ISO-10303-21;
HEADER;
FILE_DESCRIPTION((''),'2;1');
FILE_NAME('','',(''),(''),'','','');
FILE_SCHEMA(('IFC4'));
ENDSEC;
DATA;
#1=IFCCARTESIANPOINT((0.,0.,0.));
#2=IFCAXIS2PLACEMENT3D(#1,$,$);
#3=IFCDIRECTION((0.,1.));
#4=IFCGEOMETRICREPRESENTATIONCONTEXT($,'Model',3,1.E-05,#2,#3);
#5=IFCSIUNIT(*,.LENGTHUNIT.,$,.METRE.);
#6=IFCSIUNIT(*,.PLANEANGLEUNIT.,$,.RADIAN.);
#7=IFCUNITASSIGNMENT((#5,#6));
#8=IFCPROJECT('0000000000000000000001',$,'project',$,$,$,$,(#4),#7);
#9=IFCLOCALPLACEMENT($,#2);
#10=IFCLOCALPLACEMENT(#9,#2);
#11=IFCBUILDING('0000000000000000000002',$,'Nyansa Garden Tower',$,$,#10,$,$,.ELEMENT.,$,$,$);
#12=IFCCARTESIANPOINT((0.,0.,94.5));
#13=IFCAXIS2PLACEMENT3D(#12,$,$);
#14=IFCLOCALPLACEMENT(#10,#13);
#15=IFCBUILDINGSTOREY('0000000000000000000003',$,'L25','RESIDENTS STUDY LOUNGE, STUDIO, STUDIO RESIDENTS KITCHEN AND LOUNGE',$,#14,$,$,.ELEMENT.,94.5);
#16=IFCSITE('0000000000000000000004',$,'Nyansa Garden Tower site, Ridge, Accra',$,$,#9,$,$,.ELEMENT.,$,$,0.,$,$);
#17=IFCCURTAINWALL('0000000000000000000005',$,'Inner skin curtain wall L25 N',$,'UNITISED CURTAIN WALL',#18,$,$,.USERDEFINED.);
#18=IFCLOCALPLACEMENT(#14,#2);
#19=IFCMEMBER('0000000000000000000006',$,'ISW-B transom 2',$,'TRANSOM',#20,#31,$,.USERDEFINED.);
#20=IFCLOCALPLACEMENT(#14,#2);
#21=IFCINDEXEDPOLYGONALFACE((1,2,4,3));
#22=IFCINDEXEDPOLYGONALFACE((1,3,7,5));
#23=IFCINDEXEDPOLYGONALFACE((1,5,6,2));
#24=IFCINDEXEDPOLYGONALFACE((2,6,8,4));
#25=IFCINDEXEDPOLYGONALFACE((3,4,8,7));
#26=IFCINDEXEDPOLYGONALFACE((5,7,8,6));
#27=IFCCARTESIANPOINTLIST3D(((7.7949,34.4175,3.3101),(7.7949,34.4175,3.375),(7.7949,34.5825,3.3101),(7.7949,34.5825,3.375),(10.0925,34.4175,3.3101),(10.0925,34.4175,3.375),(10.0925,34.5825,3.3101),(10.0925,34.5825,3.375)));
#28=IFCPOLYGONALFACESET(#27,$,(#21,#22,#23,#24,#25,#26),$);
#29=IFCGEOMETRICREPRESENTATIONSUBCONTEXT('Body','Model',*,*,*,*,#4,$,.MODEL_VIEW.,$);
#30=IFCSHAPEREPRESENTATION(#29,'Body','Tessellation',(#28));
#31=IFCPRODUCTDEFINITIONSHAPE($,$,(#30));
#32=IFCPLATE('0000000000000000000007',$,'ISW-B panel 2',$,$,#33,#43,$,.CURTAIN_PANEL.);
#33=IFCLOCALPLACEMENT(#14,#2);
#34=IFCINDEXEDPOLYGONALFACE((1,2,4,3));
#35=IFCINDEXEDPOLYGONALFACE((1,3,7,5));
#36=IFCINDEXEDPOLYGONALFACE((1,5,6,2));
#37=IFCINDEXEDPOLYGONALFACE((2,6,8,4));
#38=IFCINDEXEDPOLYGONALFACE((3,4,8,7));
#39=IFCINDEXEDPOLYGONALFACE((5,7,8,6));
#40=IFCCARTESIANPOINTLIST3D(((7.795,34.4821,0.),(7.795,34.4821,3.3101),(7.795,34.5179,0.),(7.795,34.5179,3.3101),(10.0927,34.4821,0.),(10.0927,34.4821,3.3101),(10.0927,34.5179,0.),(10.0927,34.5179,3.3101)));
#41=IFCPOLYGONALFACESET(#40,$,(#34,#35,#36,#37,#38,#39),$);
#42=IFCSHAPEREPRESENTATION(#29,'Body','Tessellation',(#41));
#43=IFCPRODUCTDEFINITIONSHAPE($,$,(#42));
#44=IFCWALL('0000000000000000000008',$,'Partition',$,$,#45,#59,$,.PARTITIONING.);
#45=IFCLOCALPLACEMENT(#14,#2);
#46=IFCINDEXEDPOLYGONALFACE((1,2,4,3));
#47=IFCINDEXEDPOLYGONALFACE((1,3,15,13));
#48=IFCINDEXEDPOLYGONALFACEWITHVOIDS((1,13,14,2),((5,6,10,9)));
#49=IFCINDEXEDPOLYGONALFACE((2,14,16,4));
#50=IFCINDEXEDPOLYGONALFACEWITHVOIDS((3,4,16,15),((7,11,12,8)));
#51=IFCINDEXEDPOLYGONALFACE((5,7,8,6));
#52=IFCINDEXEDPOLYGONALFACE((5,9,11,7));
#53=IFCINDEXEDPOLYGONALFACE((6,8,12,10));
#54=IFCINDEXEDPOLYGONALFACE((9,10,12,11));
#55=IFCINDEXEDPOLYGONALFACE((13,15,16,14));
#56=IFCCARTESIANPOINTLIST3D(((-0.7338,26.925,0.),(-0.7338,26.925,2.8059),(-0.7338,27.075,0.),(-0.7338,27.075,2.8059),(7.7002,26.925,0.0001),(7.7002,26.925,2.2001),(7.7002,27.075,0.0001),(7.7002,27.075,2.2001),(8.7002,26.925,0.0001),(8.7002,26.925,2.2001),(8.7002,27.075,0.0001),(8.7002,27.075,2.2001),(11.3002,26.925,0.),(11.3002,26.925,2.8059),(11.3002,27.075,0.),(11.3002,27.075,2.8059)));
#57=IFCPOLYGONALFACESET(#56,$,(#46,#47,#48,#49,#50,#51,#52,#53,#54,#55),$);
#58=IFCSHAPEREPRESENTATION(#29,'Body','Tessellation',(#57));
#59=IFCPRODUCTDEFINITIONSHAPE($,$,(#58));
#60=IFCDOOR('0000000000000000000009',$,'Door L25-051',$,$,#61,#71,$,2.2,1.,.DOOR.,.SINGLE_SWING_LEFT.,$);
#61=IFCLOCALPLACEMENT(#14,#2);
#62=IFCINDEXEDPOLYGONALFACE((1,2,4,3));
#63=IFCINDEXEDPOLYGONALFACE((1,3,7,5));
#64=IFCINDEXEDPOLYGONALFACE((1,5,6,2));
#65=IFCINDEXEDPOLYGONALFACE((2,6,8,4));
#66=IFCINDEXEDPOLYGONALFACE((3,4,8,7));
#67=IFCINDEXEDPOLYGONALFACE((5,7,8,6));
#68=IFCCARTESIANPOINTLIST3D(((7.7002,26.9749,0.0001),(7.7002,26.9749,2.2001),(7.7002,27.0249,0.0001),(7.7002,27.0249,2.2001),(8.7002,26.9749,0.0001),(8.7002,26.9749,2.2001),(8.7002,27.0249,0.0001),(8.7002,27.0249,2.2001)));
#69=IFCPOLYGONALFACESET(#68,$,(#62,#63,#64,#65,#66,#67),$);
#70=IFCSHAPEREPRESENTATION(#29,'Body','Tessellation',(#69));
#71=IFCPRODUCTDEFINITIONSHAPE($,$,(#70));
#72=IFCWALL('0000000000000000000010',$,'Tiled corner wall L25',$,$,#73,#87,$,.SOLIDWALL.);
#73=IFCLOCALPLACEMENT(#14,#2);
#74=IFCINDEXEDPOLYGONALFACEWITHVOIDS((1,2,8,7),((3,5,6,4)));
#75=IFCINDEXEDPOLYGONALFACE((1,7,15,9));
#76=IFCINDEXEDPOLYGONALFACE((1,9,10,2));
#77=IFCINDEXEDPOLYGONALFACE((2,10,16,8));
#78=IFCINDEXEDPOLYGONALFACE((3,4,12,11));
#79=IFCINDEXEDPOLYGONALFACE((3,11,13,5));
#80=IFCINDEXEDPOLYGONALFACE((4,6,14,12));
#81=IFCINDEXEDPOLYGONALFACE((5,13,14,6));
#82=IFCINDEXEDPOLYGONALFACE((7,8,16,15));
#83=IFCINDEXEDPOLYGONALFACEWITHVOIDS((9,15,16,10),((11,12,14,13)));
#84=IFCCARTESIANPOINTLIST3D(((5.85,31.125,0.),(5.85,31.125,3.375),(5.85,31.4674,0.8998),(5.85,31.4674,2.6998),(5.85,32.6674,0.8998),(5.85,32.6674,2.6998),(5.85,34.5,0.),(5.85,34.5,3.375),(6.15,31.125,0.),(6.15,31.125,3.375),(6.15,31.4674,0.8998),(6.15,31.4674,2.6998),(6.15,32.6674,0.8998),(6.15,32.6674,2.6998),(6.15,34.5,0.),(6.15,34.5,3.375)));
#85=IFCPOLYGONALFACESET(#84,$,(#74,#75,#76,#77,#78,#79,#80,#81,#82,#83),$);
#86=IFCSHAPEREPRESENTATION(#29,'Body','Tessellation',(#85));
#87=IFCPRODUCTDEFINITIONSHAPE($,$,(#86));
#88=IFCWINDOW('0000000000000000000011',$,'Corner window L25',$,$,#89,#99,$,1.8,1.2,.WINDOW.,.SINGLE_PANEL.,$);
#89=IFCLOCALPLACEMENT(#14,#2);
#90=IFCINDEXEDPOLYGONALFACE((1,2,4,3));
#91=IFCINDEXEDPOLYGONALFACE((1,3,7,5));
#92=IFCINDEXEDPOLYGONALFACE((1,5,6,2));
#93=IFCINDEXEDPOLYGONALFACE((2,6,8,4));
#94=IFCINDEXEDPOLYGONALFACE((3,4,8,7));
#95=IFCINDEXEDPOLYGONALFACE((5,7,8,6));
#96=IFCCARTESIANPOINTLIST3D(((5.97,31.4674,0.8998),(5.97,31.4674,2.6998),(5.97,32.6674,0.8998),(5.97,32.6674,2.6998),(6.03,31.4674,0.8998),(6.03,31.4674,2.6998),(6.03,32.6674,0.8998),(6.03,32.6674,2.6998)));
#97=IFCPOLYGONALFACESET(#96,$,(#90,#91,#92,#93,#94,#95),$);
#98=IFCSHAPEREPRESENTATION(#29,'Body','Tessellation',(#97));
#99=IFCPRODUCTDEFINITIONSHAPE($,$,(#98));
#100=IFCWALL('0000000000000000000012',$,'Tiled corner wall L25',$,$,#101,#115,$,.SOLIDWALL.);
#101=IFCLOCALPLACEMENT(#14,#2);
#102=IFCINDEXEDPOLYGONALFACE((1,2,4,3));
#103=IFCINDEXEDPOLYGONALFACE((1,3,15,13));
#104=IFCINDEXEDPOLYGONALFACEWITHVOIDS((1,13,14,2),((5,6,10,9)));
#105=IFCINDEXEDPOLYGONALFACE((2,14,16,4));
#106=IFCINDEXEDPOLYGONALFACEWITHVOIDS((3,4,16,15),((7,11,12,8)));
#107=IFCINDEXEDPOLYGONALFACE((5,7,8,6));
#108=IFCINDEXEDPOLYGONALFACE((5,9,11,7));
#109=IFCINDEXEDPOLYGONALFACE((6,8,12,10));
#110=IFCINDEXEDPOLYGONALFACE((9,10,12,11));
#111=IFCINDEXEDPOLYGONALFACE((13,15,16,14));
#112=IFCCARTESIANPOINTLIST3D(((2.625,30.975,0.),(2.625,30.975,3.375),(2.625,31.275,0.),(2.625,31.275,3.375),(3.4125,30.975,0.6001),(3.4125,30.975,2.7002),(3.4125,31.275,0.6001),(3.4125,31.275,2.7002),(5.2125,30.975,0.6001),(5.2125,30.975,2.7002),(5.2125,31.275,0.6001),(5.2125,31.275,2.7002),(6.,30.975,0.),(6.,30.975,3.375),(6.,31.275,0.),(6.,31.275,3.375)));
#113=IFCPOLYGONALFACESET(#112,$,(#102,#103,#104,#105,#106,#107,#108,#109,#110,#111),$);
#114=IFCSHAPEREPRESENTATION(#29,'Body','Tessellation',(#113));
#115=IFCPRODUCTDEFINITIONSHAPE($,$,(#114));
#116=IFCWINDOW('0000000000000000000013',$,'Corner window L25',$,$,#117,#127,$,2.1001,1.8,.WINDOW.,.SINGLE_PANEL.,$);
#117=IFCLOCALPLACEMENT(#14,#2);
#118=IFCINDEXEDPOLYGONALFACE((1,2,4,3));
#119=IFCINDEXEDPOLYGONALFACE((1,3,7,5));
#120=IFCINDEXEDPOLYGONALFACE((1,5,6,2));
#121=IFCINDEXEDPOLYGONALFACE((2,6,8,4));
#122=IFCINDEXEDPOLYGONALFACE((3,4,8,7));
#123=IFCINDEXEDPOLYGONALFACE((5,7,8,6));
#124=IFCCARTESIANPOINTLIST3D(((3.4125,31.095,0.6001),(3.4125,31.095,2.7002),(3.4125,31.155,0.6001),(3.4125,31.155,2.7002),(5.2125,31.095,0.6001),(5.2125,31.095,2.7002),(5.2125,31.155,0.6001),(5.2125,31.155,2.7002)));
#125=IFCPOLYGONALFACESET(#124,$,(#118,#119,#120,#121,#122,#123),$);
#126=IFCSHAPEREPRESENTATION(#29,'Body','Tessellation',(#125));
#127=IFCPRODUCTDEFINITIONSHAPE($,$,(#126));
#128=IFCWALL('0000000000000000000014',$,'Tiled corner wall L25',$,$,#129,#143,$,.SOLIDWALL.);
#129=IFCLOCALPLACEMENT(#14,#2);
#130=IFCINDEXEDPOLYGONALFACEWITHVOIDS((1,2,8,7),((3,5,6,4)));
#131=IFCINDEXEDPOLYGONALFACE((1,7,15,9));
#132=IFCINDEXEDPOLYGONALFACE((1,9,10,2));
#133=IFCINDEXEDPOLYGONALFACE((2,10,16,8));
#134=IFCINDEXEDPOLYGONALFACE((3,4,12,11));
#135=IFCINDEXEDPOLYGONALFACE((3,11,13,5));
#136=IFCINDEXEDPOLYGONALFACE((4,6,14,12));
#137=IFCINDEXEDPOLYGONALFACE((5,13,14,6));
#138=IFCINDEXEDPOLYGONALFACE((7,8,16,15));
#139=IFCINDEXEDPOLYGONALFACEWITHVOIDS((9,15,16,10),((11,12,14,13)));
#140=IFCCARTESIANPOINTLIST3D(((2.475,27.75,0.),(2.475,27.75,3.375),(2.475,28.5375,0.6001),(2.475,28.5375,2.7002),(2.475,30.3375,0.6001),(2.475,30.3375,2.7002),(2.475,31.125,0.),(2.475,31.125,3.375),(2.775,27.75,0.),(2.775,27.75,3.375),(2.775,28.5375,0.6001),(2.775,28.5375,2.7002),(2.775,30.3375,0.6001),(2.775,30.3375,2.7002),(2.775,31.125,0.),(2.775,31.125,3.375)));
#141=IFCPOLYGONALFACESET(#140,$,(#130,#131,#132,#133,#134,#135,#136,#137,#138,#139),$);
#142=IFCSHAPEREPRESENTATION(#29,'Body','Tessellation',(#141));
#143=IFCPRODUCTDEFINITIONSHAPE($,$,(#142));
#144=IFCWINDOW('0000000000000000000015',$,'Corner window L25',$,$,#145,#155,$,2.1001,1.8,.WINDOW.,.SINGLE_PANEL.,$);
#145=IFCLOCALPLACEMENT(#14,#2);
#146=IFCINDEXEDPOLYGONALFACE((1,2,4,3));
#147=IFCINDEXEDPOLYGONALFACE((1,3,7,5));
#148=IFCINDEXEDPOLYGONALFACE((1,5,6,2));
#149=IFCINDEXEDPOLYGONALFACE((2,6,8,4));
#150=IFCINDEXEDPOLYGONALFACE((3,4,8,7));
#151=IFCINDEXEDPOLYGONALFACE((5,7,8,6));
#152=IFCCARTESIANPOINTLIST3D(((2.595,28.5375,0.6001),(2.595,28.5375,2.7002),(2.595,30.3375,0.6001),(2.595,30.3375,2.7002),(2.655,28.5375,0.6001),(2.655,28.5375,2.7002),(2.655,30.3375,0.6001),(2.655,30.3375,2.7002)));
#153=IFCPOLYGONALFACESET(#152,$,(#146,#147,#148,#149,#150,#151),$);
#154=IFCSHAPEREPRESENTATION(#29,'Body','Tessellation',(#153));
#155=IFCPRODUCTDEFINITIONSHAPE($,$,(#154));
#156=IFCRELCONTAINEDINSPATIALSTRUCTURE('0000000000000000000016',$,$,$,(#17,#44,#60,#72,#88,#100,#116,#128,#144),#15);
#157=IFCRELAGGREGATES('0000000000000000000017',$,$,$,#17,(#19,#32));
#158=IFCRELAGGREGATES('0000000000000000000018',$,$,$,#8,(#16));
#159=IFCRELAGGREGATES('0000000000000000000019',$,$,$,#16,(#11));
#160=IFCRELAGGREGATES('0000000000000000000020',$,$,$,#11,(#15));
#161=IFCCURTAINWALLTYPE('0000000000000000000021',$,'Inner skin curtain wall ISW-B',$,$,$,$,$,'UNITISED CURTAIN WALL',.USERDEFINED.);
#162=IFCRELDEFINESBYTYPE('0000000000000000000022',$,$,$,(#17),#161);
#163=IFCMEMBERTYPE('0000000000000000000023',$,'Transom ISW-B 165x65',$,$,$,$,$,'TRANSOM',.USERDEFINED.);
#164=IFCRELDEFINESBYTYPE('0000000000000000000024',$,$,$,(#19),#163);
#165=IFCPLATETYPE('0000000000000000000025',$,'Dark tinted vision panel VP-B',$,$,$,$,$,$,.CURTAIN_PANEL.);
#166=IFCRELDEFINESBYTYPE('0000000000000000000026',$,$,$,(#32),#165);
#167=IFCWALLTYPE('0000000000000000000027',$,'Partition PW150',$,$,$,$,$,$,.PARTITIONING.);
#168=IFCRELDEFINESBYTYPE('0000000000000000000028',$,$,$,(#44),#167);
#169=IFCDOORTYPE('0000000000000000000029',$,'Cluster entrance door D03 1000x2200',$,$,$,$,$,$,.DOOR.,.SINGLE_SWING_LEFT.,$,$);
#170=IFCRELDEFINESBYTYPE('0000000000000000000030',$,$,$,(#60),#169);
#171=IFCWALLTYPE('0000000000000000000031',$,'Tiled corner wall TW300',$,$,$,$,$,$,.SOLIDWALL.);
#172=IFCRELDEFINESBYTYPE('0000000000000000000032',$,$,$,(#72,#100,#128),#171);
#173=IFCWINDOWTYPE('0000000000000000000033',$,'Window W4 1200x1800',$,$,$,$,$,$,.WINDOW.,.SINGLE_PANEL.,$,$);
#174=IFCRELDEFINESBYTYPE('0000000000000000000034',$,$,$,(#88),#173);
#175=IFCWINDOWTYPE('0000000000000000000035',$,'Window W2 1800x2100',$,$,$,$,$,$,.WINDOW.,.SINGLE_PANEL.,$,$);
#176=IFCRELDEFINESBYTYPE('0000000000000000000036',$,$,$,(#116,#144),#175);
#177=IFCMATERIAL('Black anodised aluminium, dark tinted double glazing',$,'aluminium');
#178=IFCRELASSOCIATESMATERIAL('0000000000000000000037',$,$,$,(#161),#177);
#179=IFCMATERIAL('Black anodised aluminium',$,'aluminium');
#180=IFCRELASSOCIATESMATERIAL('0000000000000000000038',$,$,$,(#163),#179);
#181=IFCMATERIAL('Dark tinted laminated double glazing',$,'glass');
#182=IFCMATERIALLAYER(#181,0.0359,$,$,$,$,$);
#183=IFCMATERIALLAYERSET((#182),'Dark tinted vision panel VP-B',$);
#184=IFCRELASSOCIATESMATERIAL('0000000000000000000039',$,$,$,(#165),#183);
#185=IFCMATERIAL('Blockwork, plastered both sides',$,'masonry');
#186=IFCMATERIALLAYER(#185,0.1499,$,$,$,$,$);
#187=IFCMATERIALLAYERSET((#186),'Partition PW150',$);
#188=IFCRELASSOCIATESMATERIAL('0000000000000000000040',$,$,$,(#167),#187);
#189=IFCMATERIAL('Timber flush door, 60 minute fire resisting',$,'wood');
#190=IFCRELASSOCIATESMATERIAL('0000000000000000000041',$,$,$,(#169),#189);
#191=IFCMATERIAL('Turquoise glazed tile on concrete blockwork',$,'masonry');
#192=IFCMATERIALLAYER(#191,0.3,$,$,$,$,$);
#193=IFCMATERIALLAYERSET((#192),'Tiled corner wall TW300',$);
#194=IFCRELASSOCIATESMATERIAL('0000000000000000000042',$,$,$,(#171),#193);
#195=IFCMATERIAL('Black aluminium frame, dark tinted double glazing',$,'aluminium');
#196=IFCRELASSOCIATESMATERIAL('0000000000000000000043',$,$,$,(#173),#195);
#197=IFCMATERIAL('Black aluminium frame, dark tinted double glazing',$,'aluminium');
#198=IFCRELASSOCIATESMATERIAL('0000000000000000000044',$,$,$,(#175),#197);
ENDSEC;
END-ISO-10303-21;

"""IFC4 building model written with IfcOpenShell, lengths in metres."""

from ifc_helpers import new_model, si_unit, direction, frame, frame_2d, origin, origin_2d, place, context, subcontext, project, spatial, rectangle, extrude, material, layer, layer_set, material_profile, profile_set, type_object, element, fill, aggregate, save


model = new_model("IFC4")

# Units and contexts
model_context = context("Model", 3, precision=1e-05, world=origin(), true_north=direction((0.0, 1.0)))
body_context = subcontext(model_context, "Body", "Model", "MODEL_VIEW")
ifc_project = project(units=[si_unit("LENGTHUNIT", "METRE"), si_unit("PLANEANGLEUNIT", "RADIAN")], contexts=[model_context])

# Site, building, storey
site_placement = place(None, origin())
site = spatial("IfcSite", under=ifc_project, at=site_placement, Name="Nyansa Garden Tower site, Ridge, Accra", CompositionType="ELEMENT", RefElevation=0.0)
building_placement = place(site_placement, origin())
building = spatial("IfcBuilding", under=site, at=building_placement, Name="Nyansa Garden Tower", CompositionType="ELEMENT")
storey_placement = place(building_placement, frame((0.0, 0.0, 94.5)))
storey = spatial("IfcBuildingStorey", under=building, at=storey_placement, Name="L25", Description="RESIDENTS STUDY LOUNGE, STUDIO, STUDIO RESIDENTS KITCHEN AND LOUNGE", CompositionType="ELEMENT", Elevation=94.5)

# Curtain wall
ifc_material_1 = material(Name="Black anodised aluminium, dark tinted double glazing", Category="aluminium")
curtain_wall_type = type_object("IfcCurtainWallType", Name="Inner skin curtain wall ISW-B", ElementType="UNITISED CURTAIN WALL", PredefinedType="USERDEFINED", material=ifc_material_1)
curtain_wall_placement = place(storey_placement, origin())
curtain_wall = element("IfcCurtainWall", 1, at=curtain_wall_placement, inside=storey, type_object=curtain_wall_type, Name="Inner skin curtain wall L25 N", ObjectType="UNITISED CURTAIN WALL", PredefinedType="USERDEFINED")

# Member
ifc_material_2 = material(Name="Black anodised aluminium", Category="aluminium")
ifc_material_profile_1 = material_profile(ifc_material_2, rectangle(XDim=0.165, YDim=0.0649, at=origin_2d()), Name="Transom 165x65")
ifc_profile_set_1 = profile_set([ifc_material_profile_1], Name="Black anodised aluminium")
member_type_1 = type_object("IfcMemberType", Name="Transom ISW-B 165x65", ElementType="TRANSOM", PredefinedType="USERDEFINED", material=ifc_profile_set_1)
member_1_placement = place(storey_placement, frame((10.0925, 34.5, 3.3425), z_axis=(-1.0, 0.0, 0.0), x_axis=(0.0, -1.0, 0.0)))
member_1 = element("IfcMember", 2, at=member_1_placement, type_object=member_type_1, Name="ISW-B transom 2", ObjectType="TRANSOM", PredefinedType="USERDEFINED", context=body_context, shape_type="SweptSolid", body=[
    extrude(rectangle(XDim=0.165, YDim=0.0649, at=origin_2d()), origin(), (0.0, 0.0, 1.0), 2.2976),
])

# Plate
ifc_material_3 = material(Name="Dark tinted laminated double glazing", Category="glass")
ifc_layer_1 = layer(ifc_material_3, 0.0359)
ifc_layer_set_1 = layer_set([ifc_layer_1], Name="Dark tinted vision panel VP-B")
plate_type = type_object("IfcPlateType", Name="Dark tinted vision panel VP-B", PredefinedType="CURTAIN_PANEL", material=ifc_layer_set_1)
plate_placement = place(storey_placement, frame((8.9438, 34.5, 0.0), z_axis=(0.0, 0.0, 1.0), x_axis=(-1.0, 0.0, 0.0)))
plate = element("IfcPlate", 3, at=plate_placement, type_object=plate_type, Name="ISW-B panel 2", PredefinedType="CURTAIN_PANEL", context=body_context, shape_type="SweptSolid", body=[
    extrude(rectangle(XDim=2.2976, YDim=0.0359, at=origin_2d()), origin(), (0.0, 0.0, 1.0), 3.3101),
])
aggregate(curtain_wall, [member_1, plate])

# Wall, opening, door
ifc_material_4 = material(Name="Blockwork, plastered both sides", Category="masonry")
ifc_layer_2 = layer(ifc_material_4, 0.1499)
ifc_layer_set_2 = layer_set([ifc_layer_2], Name="Partition PW150")
wall_type_1 = type_object("IfcWallType", Name="Partition PW150", PredefinedType="PARTITIONING", material=ifc_layer_set_2)
wall_1_placement = place(storey_placement, frame((-0.7339, 27.0, 0.0), z_axis=(0.0, 0.0, 1.0), x_axis=(1.0, 0.0, 0.0)))
wall_1 = element("IfcWall", 4, at=wall_1_placement, inside=storey, type_object=wall_type_1, Name="Partition", PredefinedType="PARTITIONING", context=body_context, shape_type="SweptSolid", body=[
    extrude(rectangle(XDim=12.0339, YDim=0.1499, at=frame_2d((6.0171, 0.0))), origin(), (0.0, 0.0, 1.0), 2.8059),
])
opening_1_placement = place(wall_1_placement, frame((8.4341, 0.0, 0.0)))
opening_1 = element("IfcOpeningElement", 5, at=opening_1_placement, cuts=wall_1, PredefinedType="OPENING", context=body_context, shape_type="SweptSolid", body=[
    extrude(rectangle(XDim=1.0, YDim=2.2, at=frame_2d((0.5, 1.1001))), frame((0.0, 0.085, 0.0), z_axis=(0.0, -1.0, 0.0), x_axis=(1.0, 0.0, 0.0)), (0.0, 0.0, 1.0), 0.1699),
])
ifc_material_5 = material(Name="Timber flush door, 60 minute fire resisting", Category="wood")
door_type_1 = type_object("IfcDoorType", Name="Cluster entrance door D03 1000x2200", OperationType="SINGLE_SWING_LEFT", PredefinedType="DOOR", material=ifc_material_5)
door_1_placement = place(opening_1_placement, origin())
door_1 = element("IfcDoor", 6, at=door_1_placement, inside=storey, type_object=door_type_1, Name="Door L25-051", OperationType="SINGLE_SWING_LEFT", OverallHeight=2.2, OverallWidth=1.0, PredefinedType="DOOR", context=body_context, shape_type="SweptSolid", body=[
    extrude(rectangle(XDim=1.0, YDim=2.2, at=frame_2d((0.5, 1.1001))), frame((0.0, 0.0249, 0.0), z_axis=(0.0, -1.0, 0.0), x_axis=(1.0, 0.0, 0.0)), (0.0, 0.0, 1.0), 0.05),
])
fill(opening_1, door_1)

# Walls, openings, windows
ifc_material_6 = material(Name="Turquoise glazed tile on concrete blockwork", Category="masonry")
ifc_layer_3 = layer(ifc_material_6, 0.3)
ifc_layer_set_3 = layer_set([ifc_layer_3], Name="Tiled corner wall TW300")
wall_type_2 = type_object("IfcWallType", Name="Tiled corner wall TW300", PredefinedType="SOLIDWALL", material=ifc_layer_set_3)
wall_2_placement = place(storey_placement, frame((6.0, 34.5, 0.0), z_axis=(0.0, 0.0, 1.0), x_axis=(0.0, -1.0, 0.0)))
wall_2 = element("IfcWall", 7, at=wall_2_placement, inside=storey, type_object=wall_type_2, Name="Tiled corner wall L25", PredefinedType="SOLIDWALL", context=body_context, shape_type="SweptSolid", body=[
    extrude(rectangle(XDim=3.375, YDim=0.3, at=frame_2d((1.6875, 0.0))), origin(), (0.0, 0.0, 1.0), 3.375),
])
opening_2_placement = place(wall_2_placement, frame((1.8325, 0.0, 0.8999)))
opening_2 = element("IfcOpeningElement", 8, at=opening_2_placement, cuts=wall_2, PredefinedType="OPENING", context=body_context, shape_type="SweptSolid", body=[
    extrude(rectangle(XDim=1.2, YDim=1.8, at=frame_2d((0.6001, 0.8999))), frame((0.0, 0.1599, 0.0), z_axis=(0.0, -1.0, 0.0), x_axis=(1.0, 0.0, 0.0)), (0.0, 0.0, 1.0), 0.3201),
])
ifc_material_7 = material(Name="Black aluminium frame, dark tinted double glazing", Category="aluminium")
window_type_1 = type_object("IfcWindowType", Name="Window W4 1200x1800", PartitioningType="SINGLE_PANEL", PredefinedType="WINDOW", material=ifc_material_7)
window_1_placement = place(opening_2_placement, origin())
window_1 = element("IfcWindow", 9, at=window_1_placement, inside=storey, type_object=window_type_1, Name="Corner window L25", OverallHeight=1.8, OverallWidth=1.2, PartitioningType="SINGLE_PANEL", PredefinedType="WINDOW", context=body_context, shape_type="SweptSolid", body=[
    extrude(rectangle(XDim=1.2, YDim=1.8, at=frame_2d((0.6001, 0.8999))), frame((0.0, 0.03, 0.0), z_axis=(0.0, -1.0, 0.0), x_axis=(1.0, 0.0, 0.0)), (0.0, 0.0, 1.0), 0.0601),
])
fill(opening_2, window_1)
wall_3_placement = place(storey_placement, frame((6.0, 31.125, 0.0), z_axis=(0.0, 0.0, 1.0), x_axis=(-1.0, 0.0, 0.0)))
wall_3 = element("IfcWall", 10, at=wall_3_placement, inside=storey, type_object=wall_type_2, Name="Tiled corner wall L25", PredefinedType="SOLIDWALL", context=body_context, shape_type="SweptSolid", body=[
    extrude(rectangle(XDim=3.375, YDim=0.3, at=frame_2d((1.6875, 0.0))), origin(), (0.0, 0.0, 1.0), 3.375),
])
opening_3_placement = place(wall_3_placement, frame((0.7876, 0.0, 0.6001)))
opening_3 = element("IfcOpeningElement", 11, at=opening_3_placement, cuts=wall_3, PredefinedType="OPENING", context=body_context, shape_type="SweptSolid", body=[
    extrude(rectangle(XDim=1.8, YDim=2.1001, at=frame_2d((0.8999, 1.05))), frame((0.0, 0.1599, 0.0), z_axis=(0.0, -1.0, 0.0), x_axis=(1.0, 0.0, 0.0)), (0.0, 0.0, 1.0), 0.3201),
])
ifc_material_8 = material(Name="Black aluminium frame, dark tinted double glazing", Category="aluminium")
window_type_2 = type_object("IfcWindowType", Name="Window W2 1800x2100", PartitioningType="SINGLE_PANEL", PredefinedType="WINDOW", material=ifc_material_8)
window_2_placement = place(opening_3_placement, origin())
window_2 = element("IfcWindow", 12, at=window_2_placement, inside=storey, type_object=window_type_2, Name="Corner window L25", OverallHeight=2.1001, OverallWidth=1.8, PartitioningType="SINGLE_PANEL", PredefinedType="WINDOW", context=body_context, shape_type="SweptSolid", body=[
    extrude(rectangle(XDim=1.8, YDim=2.1001, at=frame_2d((0.8999, 1.05))), frame((0.0, 0.03, 0.0), z_axis=(0.0, -1.0, 0.0), x_axis=(1.0, 0.0, 0.0)), (0.0, 0.0, 1.0), 0.0601),
])
fill(opening_3, window_2)
wall_4_placement = place(storey_placement, frame((2.625, 31.125, 0.0), z_axis=(0.0, 0.0, 1.0), x_axis=(0.0, -1.0, 0.0)))
wall_4 = element("IfcWall", 13, at=wall_4_placement, inside=storey, type_object=wall_type_2, Name="Tiled corner wall L25", PredefinedType="SOLIDWALL", context=body_context, shape_type="SweptSolid", body=[
    extrude(rectangle(XDim=3.375, YDim=0.3, at=frame_2d((1.6875, 0.0))), origin(), (0.0, 0.0, 1.0), 3.375),
])
opening_4_placement = place(wall_4_placement, frame((0.7876, 0.0, 0.6001)))
opening_4 = element("IfcOpeningElement", 14, at=opening_4_placement, cuts=wall_4, PredefinedType="OPENING", context=body_context, shape_type="SweptSolid", body=[
    extrude(rectangle(XDim=1.8, YDim=2.1001, at=frame_2d((0.8999, 1.05))), frame((0.0, 0.1599, 0.0), z_axis=(0.0, -1.0, 0.0), x_axis=(1.0, 0.0, 0.0)), (0.0, 0.0, 1.0), 0.3201),
])
window_3_placement = place(opening_4_placement, origin())
window_3 = element("IfcWindow", 15, at=window_3_placement, inside=storey, type_object=window_type_2, Name="Corner window L25", OverallHeight=2.1001, OverallWidth=1.8, PartitioningType="SINGLE_PANEL", PredefinedType="WINDOW", context=body_context, shape_type="SweptSolid", body=[
    extrude(rectangle(XDim=1.8, YDim=2.1001, at=frame_2d((0.8999, 1.05))), frame((0.0, 0.03, 0.0), z_axis=(0.0, -1.0, 0.0), x_axis=(1.0, 0.0, 0.0)), (0.0, 0.0, 1.0), 0.0601),
])
fill(opening_4, window_3)

save(model, "model.ifc")
